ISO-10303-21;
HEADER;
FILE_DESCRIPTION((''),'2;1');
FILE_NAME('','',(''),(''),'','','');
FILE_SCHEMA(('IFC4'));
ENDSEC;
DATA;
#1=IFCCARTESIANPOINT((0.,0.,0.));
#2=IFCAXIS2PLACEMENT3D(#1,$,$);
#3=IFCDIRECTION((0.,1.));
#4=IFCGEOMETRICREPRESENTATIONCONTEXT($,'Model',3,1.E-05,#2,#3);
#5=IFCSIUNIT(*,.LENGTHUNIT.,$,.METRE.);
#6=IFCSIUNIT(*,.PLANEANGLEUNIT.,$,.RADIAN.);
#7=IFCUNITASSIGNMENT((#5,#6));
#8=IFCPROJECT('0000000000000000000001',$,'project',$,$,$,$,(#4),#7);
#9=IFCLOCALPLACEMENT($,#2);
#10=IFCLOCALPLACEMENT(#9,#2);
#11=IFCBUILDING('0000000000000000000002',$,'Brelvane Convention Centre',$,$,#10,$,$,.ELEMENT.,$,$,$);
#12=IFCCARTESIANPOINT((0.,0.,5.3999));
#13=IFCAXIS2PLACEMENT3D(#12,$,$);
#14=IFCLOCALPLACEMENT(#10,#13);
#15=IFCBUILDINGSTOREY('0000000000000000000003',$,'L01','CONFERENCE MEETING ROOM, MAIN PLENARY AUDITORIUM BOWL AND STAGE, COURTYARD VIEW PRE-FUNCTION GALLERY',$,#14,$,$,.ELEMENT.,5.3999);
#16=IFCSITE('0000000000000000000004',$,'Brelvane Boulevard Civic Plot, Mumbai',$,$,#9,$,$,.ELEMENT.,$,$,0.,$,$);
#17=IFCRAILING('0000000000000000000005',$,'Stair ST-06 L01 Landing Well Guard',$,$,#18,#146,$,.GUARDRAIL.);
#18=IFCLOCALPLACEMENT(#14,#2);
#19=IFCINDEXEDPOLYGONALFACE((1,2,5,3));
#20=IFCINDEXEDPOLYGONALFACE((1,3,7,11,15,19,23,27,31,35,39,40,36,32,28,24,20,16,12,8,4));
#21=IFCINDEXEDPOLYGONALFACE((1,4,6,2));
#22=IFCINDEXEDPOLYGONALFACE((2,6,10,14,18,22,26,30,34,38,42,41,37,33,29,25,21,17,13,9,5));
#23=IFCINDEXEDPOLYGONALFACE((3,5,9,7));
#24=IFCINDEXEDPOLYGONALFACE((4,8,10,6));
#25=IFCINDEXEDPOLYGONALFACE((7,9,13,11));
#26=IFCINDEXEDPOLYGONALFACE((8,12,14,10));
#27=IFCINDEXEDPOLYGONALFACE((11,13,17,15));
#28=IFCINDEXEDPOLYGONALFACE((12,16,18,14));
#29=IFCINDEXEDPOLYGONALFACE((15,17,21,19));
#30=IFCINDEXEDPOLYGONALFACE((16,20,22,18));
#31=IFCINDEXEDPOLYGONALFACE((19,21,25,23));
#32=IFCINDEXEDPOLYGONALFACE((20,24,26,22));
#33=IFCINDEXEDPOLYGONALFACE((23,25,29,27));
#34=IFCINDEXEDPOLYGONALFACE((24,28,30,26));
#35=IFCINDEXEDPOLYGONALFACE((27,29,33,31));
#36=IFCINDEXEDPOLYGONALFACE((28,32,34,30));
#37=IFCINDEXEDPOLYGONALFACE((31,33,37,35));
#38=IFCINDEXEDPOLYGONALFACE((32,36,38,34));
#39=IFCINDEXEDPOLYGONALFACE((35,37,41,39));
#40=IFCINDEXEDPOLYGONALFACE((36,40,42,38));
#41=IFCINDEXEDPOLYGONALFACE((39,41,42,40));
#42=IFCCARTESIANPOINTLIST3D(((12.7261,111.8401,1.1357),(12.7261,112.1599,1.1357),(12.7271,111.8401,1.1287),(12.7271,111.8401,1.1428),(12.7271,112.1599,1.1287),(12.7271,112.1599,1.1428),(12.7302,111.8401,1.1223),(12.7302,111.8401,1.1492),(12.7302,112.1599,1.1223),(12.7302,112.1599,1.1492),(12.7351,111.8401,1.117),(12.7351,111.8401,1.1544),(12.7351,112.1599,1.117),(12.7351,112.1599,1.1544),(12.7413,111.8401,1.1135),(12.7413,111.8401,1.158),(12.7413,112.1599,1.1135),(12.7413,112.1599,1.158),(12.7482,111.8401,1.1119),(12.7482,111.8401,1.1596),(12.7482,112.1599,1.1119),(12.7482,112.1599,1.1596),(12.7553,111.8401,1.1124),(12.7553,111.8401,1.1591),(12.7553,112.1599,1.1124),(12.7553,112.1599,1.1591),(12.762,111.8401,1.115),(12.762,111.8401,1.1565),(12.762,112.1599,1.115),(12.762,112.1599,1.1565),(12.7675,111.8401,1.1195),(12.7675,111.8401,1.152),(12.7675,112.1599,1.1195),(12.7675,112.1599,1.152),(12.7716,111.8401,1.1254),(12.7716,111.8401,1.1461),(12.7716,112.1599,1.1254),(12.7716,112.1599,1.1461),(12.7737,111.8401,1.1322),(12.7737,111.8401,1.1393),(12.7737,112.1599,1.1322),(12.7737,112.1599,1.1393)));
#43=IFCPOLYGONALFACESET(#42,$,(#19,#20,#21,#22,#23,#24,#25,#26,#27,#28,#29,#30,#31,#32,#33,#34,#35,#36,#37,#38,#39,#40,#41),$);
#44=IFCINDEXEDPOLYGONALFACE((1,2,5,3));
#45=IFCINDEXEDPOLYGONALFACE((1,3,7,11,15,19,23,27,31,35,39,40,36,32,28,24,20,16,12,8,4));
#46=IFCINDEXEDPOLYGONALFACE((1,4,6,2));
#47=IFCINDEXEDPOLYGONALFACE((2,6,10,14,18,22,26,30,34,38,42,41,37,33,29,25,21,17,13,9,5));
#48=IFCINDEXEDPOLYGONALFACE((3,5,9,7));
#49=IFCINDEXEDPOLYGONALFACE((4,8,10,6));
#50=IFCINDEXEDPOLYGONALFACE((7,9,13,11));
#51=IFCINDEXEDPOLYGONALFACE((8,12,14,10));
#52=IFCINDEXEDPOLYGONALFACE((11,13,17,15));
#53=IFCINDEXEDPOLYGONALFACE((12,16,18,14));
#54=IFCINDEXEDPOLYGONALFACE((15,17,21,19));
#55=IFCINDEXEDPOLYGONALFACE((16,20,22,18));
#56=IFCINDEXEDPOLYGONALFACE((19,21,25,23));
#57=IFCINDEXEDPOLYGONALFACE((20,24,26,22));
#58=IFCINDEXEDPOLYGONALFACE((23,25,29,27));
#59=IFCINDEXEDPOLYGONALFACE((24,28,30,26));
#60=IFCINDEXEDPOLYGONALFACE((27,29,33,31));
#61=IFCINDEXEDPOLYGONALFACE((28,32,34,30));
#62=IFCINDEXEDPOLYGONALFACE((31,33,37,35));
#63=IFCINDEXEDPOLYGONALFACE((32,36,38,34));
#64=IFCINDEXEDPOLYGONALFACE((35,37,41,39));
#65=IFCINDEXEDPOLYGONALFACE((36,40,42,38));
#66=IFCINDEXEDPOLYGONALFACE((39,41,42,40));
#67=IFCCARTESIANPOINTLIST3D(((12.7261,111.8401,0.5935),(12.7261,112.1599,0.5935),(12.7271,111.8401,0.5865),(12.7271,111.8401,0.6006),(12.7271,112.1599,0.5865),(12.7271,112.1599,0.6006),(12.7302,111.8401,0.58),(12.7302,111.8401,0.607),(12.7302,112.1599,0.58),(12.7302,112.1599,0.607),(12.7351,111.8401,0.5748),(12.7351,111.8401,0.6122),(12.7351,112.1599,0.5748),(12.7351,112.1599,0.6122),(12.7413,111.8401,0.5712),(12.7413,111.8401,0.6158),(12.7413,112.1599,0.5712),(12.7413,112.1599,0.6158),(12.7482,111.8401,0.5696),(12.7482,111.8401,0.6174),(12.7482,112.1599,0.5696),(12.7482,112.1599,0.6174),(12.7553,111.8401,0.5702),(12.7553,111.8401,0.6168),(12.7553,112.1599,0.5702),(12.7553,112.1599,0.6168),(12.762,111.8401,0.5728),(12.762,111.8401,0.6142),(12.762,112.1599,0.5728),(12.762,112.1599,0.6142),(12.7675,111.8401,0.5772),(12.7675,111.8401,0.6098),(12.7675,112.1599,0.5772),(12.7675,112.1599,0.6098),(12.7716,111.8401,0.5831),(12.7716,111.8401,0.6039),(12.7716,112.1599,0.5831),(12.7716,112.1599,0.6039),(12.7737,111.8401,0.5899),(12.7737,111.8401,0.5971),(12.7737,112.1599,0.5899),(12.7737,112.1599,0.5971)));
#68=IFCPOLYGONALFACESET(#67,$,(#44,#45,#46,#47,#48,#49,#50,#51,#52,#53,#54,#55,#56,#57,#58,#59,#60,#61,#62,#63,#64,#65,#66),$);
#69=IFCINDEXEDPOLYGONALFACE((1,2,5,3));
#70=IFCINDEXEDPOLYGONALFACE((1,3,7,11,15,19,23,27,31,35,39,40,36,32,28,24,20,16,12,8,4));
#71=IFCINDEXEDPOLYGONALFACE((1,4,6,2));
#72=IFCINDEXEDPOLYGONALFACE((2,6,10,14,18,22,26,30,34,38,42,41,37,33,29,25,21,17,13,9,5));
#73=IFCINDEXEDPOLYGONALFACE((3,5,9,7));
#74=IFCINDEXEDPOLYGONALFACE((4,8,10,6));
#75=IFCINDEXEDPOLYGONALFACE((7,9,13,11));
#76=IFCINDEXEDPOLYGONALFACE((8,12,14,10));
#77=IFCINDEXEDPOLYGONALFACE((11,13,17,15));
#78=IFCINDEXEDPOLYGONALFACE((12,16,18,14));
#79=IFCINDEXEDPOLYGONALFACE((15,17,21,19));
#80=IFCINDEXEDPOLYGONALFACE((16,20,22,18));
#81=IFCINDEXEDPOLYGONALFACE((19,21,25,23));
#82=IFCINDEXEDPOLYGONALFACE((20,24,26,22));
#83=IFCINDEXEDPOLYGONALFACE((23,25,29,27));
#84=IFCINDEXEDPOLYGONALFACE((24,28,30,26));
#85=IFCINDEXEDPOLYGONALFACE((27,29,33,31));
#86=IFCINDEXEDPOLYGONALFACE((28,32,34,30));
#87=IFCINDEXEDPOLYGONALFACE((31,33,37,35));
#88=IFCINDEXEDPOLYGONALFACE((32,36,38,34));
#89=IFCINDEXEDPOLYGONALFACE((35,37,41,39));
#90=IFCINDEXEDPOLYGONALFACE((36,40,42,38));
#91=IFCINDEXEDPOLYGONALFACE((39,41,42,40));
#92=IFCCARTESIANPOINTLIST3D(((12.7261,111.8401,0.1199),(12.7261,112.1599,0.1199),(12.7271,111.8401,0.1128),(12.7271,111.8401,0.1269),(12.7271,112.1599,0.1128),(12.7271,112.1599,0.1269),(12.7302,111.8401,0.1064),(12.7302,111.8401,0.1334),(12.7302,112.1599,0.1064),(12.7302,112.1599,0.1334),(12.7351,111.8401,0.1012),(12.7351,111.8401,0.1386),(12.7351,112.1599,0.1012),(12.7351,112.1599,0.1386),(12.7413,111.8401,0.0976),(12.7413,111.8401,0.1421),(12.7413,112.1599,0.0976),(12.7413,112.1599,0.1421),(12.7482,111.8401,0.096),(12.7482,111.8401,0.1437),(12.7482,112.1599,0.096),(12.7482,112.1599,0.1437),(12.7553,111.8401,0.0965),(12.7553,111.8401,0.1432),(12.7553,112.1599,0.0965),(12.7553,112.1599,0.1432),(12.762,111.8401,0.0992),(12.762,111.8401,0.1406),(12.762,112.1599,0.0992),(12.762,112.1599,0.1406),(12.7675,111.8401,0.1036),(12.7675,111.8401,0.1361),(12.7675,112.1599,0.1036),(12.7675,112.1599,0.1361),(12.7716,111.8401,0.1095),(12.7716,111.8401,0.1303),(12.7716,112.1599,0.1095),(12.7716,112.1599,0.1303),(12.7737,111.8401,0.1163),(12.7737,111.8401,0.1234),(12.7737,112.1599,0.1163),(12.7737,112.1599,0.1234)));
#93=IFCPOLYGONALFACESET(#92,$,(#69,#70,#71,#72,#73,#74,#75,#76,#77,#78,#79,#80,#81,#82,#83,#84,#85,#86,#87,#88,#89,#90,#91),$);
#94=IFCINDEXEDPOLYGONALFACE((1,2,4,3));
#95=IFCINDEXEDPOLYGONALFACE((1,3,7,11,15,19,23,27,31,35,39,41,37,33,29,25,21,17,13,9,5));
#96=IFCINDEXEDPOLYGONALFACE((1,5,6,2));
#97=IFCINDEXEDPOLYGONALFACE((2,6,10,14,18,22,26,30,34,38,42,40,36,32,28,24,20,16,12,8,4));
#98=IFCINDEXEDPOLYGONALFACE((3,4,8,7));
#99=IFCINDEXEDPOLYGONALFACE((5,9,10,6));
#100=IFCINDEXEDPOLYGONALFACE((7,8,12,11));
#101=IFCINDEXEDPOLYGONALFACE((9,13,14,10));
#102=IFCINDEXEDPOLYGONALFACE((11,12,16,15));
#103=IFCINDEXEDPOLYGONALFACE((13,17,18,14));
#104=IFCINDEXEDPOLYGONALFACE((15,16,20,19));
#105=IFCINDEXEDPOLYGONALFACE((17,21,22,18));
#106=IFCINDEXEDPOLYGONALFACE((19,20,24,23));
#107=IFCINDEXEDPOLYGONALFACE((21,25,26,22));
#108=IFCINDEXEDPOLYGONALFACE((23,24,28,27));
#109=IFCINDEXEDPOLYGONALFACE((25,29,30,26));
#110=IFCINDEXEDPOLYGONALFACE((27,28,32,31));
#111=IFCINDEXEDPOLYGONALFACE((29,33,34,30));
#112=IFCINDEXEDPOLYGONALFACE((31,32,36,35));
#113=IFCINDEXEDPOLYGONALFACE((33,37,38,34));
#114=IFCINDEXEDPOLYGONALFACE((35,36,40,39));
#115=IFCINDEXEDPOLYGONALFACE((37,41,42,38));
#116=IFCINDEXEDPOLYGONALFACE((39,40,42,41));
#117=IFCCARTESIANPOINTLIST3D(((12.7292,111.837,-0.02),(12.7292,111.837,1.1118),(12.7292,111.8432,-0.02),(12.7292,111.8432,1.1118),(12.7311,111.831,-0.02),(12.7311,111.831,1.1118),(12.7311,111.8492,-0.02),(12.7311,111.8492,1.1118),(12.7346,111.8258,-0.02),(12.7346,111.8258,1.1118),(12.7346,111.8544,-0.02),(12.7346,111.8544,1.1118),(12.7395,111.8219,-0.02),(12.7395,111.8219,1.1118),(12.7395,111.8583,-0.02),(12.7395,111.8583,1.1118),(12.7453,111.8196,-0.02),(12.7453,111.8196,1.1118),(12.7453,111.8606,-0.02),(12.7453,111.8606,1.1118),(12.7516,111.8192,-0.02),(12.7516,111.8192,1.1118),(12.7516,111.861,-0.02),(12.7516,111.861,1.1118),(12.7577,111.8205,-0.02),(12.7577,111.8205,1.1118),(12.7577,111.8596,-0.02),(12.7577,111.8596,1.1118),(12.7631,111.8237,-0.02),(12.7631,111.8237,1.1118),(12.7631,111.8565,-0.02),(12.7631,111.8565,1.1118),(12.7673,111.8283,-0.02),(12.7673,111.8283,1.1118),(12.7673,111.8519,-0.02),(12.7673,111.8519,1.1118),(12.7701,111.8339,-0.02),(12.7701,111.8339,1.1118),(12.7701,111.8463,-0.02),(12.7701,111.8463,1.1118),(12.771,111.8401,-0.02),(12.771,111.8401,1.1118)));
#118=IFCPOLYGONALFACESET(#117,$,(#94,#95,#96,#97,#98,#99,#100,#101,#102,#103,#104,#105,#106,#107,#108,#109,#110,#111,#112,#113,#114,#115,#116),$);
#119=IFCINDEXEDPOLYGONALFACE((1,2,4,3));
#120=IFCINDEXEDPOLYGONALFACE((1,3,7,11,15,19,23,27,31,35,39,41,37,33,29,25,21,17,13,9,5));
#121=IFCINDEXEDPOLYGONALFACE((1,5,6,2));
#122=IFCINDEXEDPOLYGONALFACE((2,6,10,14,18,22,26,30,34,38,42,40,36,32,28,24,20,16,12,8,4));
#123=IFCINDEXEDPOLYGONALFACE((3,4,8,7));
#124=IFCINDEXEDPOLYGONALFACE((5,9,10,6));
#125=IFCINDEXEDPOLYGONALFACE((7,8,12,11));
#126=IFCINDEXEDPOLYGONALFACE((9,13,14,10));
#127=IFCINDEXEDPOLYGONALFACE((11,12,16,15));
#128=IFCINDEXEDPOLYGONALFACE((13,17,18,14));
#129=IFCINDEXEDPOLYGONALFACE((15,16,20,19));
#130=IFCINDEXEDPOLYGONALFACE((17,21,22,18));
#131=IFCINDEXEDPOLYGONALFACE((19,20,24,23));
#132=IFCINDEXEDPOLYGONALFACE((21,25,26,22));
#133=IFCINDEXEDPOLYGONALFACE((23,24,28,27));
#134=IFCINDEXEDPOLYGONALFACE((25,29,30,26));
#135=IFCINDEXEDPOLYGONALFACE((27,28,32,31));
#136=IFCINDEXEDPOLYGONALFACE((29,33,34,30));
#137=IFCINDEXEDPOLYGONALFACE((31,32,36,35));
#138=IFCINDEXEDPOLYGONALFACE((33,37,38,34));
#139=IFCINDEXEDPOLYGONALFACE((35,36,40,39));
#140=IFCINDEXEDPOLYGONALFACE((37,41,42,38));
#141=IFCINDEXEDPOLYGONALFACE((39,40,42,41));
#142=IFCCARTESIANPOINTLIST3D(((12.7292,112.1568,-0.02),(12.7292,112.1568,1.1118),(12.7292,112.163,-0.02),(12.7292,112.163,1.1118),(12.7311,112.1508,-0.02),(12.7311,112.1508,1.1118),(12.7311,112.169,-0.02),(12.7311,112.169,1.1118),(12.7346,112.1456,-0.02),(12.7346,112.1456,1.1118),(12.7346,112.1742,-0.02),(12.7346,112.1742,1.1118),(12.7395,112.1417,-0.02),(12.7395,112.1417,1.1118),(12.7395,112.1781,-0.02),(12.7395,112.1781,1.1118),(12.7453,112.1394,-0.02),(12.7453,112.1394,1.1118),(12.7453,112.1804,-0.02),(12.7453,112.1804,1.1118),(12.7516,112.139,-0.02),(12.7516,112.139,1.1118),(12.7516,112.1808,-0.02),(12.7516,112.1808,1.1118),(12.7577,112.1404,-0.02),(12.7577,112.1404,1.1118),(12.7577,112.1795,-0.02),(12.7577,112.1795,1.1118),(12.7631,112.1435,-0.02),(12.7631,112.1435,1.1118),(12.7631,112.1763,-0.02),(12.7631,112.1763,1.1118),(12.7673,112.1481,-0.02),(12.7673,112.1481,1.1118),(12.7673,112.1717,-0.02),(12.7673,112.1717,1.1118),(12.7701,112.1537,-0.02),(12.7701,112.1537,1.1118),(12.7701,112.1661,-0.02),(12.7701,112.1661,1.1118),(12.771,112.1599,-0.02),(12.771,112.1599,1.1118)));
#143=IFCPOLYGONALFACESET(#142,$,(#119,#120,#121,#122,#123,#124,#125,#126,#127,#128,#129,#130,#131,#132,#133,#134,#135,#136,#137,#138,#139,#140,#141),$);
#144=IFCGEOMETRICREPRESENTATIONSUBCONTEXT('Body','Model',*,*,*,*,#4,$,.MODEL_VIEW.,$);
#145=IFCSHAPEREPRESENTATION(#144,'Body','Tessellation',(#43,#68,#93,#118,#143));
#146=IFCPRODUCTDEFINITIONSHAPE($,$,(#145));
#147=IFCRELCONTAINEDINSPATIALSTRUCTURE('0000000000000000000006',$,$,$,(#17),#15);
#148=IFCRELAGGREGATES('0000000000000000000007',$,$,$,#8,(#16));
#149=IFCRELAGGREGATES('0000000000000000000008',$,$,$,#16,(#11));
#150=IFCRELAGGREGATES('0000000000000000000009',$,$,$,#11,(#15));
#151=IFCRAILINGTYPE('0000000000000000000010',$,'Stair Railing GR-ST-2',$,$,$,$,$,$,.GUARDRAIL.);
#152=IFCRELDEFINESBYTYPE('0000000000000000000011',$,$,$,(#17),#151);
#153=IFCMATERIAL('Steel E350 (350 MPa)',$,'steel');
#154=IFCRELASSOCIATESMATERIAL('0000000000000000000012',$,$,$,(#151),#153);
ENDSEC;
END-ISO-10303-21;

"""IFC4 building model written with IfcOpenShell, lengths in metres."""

from ifc_helpers import new_model, si_unit, direction, frame, origin, origin_2d, place, context, subcontext, project, spatial, circle, extrude, material, type_object, element, save


model = new_model("IFC4")

# Units and contexts
model_context = context("Model", 3, precision=1e-05, world=origin(), true_north=direction((0.0, 1.0)))
body_context = subcontext(model_context, "Body", "Model", "MODEL_VIEW")
ifc_project = project(units=[si_unit("LENGTHUNIT", "METRE"), si_unit("PLANEANGLEUNIT", "RADIAN")], contexts=[model_context])

# Site, building, storey
site_placement = place(None, origin())
site = spatial("IfcSite", under=ifc_project, at=site_placement, Name="Brelvane Boulevard Civic Plot, Mumbai", CompositionType="ELEMENT", RefElevation=0.0)
building_placement = place(site_placement, origin())
building = spatial("IfcBuilding", under=site, at=building_placement, Name="Brelvane Convention Centre", CompositionType="ELEMENT")
storey_placement = place(building_placement, frame((0.0, 0.0, 5.3999)))
storey = spatial("IfcBuildingStorey", under=building, at=storey_placement, Name="L01", Description="CONFERENCE MEETING ROOM, MAIN PLENARY AUDITORIUM BOWL AND STAGE, COURTYARD VIEW PRE-FUNCTION GALLERY", CompositionType="ELEMENT", Elevation=5.3999)

# Railing
ifc_material_1 = material(Name="Steel E350 (350 MPa)", Category="steel")
railing_type_1 = type_object("IfcRailingType", Name="Stair Railing GR-ST-2", PredefinedType="GUARDRAIL", material=ifc_material_1)
railing_1_placement = place(storey_placement, frame((12.75, 111.8401, -0.02)))
element("IfcRailing", 1, at=railing_1_placement, inside=storey, type_object=railing_type_1, Name="Stair ST-06 L01 Landing Well Guard", PredefinedType="GUARDRAIL", context=body_context, shape_type="SweptSolid", body=[
    extrude(circle(Radius=0.0239, at=origin_2d()), frame((0.0, 0.0, 1.1558), z_axis=(0.0, 1.0, 0.0), x_axis=(-1.0, 0.0, 0.0)), (0.0, 0.0, 1.0), 0.3198),
    extrude(circle(Radius=0.0239, at=origin_2d()), frame((0.0, 0.0, 0.6135), z_axis=(0.0, 1.0, 0.0), x_axis=(-1.0, 0.0, 0.0)), (0.0, 0.0, 1.0), 0.3198),
    extrude(circle(Radius=0.0239, at=origin_2d()), frame((0.0, 0.0, 0.1399), z_axis=(0.0, 1.0, 0.0), x_axis=(-1.0, 0.0, 0.0)), (0.0, 0.0, 1.0), 0.3198),
    extrude(circle(Radius=0.021, at=origin_2d()), origin(), (0.0, 0.0, 1.0), 1.1318),
    extrude(circle(Radius=0.021, at=origin_2d()), frame((0.0, 0.3198, 0.0)), (0.0, 0.0, 1.0), 1.1318),
])

save(model, "model.ifc")
